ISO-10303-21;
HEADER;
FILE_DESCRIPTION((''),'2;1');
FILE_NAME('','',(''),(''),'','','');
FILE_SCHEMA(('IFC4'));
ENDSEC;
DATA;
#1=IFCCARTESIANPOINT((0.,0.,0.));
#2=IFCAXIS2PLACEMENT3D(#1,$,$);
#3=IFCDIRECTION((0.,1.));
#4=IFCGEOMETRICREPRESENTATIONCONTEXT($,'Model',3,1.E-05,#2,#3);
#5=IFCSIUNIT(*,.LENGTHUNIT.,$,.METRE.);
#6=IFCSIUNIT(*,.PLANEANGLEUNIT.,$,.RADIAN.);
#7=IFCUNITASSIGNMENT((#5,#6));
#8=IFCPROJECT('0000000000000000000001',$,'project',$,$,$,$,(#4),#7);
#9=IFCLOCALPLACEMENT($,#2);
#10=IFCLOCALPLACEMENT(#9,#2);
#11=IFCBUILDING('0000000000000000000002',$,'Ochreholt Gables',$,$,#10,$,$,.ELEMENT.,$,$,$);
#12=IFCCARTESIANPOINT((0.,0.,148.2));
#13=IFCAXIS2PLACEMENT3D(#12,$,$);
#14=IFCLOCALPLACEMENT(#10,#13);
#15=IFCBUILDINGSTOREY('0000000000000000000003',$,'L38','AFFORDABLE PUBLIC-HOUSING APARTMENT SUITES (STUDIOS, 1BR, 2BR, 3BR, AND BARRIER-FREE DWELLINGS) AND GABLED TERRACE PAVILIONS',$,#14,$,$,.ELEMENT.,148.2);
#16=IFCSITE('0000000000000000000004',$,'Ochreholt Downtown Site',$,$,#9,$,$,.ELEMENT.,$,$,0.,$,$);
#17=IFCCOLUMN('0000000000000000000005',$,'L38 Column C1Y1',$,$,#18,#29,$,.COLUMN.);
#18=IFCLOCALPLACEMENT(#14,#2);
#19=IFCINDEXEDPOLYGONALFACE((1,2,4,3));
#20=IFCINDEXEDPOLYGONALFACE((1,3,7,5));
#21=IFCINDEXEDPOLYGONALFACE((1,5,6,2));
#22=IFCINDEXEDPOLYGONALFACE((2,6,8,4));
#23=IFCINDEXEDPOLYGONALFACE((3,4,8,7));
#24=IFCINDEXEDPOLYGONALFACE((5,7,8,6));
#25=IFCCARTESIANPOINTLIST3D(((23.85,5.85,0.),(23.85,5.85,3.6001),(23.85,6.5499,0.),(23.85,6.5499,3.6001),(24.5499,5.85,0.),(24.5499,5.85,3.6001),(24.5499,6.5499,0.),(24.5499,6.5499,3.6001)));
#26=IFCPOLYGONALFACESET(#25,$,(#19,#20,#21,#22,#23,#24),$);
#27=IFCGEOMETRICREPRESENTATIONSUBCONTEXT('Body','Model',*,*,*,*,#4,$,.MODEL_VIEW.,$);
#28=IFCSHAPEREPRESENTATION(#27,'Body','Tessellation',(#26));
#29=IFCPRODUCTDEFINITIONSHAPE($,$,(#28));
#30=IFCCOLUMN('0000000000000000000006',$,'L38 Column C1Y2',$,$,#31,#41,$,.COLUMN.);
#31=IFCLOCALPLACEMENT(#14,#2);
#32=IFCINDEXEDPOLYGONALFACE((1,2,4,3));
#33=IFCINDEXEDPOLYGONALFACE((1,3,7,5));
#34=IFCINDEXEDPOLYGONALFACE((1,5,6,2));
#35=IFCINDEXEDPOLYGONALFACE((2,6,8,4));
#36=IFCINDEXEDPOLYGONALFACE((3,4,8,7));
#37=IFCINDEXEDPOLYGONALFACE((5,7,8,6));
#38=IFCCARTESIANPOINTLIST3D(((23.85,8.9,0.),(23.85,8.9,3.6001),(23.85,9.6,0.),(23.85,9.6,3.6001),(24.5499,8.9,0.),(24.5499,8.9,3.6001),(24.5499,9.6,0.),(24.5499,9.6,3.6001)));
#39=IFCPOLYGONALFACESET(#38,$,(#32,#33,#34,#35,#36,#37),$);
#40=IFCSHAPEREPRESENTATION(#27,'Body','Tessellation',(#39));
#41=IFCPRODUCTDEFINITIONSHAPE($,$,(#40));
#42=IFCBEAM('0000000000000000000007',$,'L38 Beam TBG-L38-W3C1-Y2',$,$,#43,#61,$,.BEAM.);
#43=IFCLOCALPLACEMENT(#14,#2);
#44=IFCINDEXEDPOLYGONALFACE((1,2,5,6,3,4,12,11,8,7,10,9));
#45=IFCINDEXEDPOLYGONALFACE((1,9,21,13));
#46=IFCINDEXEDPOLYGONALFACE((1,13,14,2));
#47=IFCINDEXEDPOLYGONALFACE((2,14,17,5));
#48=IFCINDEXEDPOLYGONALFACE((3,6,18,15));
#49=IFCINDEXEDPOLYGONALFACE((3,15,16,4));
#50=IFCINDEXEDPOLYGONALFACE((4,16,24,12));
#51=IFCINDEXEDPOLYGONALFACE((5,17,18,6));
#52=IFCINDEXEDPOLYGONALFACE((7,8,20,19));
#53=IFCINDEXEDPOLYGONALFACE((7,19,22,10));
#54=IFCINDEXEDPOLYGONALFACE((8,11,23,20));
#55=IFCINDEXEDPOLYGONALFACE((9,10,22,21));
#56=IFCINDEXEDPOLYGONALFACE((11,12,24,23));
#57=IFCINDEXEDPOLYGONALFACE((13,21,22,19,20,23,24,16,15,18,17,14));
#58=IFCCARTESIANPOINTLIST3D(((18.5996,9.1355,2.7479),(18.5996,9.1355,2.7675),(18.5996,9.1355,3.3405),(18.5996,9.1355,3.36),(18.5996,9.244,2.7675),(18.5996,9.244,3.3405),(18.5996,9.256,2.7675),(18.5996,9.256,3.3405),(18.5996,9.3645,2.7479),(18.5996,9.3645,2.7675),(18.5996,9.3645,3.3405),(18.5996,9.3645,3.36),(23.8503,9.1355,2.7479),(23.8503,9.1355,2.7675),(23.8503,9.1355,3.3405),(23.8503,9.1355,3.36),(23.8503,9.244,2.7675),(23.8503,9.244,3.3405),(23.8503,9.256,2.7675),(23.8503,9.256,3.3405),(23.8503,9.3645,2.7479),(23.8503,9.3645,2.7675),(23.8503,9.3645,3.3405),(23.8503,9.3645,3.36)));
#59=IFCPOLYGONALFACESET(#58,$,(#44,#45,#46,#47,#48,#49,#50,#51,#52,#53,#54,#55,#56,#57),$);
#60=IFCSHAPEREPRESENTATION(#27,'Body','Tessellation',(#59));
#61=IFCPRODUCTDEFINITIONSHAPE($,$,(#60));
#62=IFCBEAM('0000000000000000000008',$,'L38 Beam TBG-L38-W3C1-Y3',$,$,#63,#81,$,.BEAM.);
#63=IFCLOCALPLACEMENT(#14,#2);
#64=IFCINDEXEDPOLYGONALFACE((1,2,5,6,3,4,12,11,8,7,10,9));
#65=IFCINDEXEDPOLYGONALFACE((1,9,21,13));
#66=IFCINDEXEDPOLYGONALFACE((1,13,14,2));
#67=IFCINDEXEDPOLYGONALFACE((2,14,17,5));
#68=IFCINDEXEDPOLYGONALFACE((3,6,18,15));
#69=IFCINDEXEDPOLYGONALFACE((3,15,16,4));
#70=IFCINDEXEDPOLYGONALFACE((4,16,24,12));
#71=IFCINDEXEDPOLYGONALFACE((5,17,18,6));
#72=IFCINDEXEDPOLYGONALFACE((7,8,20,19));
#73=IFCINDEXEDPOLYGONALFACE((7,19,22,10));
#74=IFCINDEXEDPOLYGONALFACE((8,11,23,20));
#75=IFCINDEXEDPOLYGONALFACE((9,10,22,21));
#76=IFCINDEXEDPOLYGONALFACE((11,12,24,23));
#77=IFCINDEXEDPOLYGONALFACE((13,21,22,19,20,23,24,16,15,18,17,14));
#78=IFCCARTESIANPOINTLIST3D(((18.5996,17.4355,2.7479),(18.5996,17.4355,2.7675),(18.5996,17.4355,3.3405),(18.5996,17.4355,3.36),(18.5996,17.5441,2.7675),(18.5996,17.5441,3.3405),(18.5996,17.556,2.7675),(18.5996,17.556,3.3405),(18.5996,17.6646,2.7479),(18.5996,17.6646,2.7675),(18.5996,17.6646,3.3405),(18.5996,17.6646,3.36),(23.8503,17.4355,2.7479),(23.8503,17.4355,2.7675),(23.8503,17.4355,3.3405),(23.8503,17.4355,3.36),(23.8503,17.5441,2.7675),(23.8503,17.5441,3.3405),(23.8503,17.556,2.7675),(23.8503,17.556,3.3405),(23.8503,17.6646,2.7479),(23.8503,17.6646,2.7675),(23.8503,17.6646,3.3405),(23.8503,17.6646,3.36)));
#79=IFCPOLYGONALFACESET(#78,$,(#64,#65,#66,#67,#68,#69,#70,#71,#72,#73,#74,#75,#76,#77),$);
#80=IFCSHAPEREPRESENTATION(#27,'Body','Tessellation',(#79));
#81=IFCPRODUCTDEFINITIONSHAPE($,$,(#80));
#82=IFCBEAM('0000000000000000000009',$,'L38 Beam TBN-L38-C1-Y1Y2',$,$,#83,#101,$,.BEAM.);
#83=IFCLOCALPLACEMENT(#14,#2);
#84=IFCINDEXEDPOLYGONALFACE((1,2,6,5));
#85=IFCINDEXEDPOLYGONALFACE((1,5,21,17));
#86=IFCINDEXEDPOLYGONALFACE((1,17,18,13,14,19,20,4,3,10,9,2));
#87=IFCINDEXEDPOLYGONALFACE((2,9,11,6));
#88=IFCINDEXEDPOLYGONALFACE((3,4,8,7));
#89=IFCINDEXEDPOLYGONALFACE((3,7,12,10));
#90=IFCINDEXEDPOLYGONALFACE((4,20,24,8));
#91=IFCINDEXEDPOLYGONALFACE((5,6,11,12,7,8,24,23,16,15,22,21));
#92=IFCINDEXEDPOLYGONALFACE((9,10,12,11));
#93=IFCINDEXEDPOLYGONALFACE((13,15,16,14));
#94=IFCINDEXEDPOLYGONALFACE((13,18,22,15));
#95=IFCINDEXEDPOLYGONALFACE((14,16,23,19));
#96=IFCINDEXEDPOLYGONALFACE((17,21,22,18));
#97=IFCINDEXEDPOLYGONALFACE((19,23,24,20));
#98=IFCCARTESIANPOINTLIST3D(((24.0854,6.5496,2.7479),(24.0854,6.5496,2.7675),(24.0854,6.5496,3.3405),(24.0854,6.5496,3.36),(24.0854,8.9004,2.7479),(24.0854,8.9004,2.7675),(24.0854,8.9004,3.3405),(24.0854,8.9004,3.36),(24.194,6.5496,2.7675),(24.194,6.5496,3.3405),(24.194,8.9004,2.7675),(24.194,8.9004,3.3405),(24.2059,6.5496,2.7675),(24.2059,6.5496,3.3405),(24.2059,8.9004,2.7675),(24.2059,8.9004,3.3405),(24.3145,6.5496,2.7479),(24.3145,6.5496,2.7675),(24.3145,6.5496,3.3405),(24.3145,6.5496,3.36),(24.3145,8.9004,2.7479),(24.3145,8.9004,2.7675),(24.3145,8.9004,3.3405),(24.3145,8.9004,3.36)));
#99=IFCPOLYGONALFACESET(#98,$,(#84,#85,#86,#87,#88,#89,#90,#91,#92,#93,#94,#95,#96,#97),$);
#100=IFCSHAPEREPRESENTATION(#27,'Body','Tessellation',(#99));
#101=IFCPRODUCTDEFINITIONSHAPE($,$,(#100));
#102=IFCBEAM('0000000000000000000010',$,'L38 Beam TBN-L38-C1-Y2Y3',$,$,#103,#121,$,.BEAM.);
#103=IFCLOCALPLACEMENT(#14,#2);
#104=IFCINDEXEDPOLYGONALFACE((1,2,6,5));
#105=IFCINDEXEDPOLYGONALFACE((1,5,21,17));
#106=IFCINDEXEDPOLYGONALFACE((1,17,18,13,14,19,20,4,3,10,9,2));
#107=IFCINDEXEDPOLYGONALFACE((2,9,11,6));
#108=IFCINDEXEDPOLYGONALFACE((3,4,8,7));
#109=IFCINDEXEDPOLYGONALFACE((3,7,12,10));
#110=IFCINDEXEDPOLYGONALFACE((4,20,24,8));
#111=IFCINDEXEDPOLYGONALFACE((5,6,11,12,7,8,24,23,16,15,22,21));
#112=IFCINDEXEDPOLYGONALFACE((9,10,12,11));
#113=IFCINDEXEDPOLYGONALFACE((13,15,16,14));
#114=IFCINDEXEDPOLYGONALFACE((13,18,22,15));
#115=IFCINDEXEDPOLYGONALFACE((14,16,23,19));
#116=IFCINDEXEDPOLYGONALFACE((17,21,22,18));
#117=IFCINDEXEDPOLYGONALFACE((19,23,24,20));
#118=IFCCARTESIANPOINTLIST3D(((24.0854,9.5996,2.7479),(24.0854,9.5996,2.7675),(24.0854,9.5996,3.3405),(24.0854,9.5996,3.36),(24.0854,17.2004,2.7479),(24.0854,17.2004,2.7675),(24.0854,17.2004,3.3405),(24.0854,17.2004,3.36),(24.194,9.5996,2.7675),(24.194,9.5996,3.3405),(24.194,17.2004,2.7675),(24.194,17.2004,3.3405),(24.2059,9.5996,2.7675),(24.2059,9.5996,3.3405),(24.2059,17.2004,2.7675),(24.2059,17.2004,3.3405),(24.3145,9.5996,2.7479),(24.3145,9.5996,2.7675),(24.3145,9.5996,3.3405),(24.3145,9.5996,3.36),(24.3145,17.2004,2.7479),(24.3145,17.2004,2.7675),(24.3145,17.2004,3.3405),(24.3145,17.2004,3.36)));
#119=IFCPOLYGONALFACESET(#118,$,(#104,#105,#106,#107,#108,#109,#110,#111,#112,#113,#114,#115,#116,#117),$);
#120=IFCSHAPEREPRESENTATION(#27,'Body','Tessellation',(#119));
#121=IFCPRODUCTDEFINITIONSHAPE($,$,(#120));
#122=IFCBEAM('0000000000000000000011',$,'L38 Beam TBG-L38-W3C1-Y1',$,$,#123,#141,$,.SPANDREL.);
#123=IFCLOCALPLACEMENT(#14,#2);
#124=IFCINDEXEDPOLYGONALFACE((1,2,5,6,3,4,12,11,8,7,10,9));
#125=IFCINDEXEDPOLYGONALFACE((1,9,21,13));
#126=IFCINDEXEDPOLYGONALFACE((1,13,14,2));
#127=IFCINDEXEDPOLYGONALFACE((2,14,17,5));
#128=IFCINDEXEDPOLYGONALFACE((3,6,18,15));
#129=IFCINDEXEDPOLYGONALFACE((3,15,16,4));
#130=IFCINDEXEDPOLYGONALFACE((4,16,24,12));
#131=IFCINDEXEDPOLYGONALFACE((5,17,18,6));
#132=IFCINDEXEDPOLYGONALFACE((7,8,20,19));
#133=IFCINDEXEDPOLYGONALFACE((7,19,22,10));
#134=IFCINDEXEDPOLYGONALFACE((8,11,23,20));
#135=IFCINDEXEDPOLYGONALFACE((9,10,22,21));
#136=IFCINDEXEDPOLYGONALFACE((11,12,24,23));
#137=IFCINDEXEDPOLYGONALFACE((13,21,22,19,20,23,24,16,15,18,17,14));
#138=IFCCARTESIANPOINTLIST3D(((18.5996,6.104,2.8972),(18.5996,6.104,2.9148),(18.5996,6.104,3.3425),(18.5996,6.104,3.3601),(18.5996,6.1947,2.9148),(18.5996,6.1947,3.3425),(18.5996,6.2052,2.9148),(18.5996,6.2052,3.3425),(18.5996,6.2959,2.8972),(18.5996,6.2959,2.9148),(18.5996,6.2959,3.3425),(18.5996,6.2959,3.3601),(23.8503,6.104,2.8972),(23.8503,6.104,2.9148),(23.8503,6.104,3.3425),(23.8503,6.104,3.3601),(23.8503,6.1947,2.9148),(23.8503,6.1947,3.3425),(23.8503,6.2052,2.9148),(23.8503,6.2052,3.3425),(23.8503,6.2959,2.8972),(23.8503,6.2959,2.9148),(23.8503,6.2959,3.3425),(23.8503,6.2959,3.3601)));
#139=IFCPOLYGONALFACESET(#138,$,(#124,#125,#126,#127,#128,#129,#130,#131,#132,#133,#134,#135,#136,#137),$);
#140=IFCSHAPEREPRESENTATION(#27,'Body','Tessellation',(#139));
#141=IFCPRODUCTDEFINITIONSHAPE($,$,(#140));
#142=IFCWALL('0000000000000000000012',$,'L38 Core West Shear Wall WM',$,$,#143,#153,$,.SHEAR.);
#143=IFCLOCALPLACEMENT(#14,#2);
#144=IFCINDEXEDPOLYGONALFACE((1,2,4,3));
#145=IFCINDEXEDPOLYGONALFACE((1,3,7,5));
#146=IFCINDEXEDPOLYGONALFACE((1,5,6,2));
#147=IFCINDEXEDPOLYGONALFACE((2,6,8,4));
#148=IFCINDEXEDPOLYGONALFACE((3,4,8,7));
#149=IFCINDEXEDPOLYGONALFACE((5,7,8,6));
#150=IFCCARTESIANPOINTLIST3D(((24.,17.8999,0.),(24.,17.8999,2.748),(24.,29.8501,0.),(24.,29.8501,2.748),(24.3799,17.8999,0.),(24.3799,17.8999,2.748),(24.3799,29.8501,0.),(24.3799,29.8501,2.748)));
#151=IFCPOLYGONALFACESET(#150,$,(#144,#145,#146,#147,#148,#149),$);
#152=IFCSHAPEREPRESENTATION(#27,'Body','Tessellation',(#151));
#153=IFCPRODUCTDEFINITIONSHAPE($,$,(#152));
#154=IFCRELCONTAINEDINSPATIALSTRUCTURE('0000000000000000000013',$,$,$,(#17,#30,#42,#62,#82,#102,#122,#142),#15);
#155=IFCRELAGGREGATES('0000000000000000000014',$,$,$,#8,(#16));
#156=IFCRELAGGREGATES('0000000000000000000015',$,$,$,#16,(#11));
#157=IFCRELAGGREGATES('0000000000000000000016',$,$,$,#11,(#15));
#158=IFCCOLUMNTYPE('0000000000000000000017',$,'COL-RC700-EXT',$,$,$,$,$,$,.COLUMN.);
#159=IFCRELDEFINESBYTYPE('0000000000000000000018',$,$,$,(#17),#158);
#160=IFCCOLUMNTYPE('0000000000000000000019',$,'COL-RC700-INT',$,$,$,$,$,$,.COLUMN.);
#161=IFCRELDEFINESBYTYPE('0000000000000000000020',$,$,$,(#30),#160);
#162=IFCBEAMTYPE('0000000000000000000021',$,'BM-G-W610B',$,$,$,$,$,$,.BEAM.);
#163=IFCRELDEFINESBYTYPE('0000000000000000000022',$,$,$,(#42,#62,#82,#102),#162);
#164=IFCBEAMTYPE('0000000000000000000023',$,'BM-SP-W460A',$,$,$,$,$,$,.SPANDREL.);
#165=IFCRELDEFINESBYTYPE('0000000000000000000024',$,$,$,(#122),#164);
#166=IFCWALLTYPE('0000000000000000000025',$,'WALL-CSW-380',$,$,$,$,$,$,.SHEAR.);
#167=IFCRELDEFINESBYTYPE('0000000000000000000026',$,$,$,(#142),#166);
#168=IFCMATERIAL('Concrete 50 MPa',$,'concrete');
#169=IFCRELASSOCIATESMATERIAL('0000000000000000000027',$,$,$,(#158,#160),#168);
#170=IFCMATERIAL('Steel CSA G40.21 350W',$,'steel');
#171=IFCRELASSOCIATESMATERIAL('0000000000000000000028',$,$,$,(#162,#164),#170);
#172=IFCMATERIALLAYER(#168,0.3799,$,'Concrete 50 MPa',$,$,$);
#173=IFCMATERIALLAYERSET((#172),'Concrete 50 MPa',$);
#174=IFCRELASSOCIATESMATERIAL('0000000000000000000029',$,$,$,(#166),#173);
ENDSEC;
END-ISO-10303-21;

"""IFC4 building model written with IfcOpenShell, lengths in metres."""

from ifc_helpers import new_model, si_unit, direction, frame, frame_2d, origin, origin_2d, place, context, subcontext, project, spatial, rectangle, i_section, extrude, material, layer, layer_set, material_profile, profile_set, type_object, element, save


model = new_model("IFC4")

# Units and contexts
model_context = context("Model", 3, precision=1e-05, world=origin(), true_north=direction((0.0, 1.0)))
body_context = subcontext(model_context, "Body", "Model", "MODEL_VIEW")
ifc_project = project(units=[si_unit("LENGTHUNIT", "METRE"), si_unit("PLANEANGLEUNIT", "RADIAN")], contexts=[model_context])

# Site, building, storey
site_placement = place(None, origin())
site = spatial("IfcSite", under=ifc_project, at=site_placement, Name="Ochreholt Downtown Site", CompositionType="ELEMENT", RefElevation=0.0)
building_placement = place(site_placement, origin())
building = spatial("IfcBuilding", under=site, at=building_placement, Name="Ochreholt Gables", CompositionType="ELEMENT")
storey_placement = place(building_placement, frame((0.0, 0.0, 148.2)))
storey = spatial("IfcBuildingStorey", under=building, at=storey_placement, Name="L38", Description="AFFORDABLE PUBLIC-HOUSING APARTMENT SUITES (STUDIOS, 1BR, 2BR, 3BR, AND BARRIER-FREE DWELLINGS) AND GABLED TERRACE PAVILIONS", CompositionType="ELEMENT", Elevation=148.2)

# Columns
ifc_material_1 = material(Name="Concrete 50 MPa", Category="concrete")
ifc_material_profile_1 = material_profile(ifc_material_1, rectangle(XDim=0.7, YDim=0.7, at=origin_2d()), Name="RC700X700")
ifc_profile_set_1 = profile_set([ifc_material_profile_1], Name="Concrete 50 MPa")
column_type_1 = type_object("IfcColumnType", Name="COL-RC700-EXT", PredefinedType="COLUMN", material=ifc_profile_set_1)
column_1_placement = place(storey_placement, frame((24.2, 6.2, 0.0), z_axis=(0.0, 0.0, 1.0), x_axis=(1.0, 0.0, 0.0)))
element("IfcColumn", 1, at=column_1_placement, inside=storey, type_object=column_type_1, Name="L38 Column C1Y1", PredefinedType="COLUMN", context=body_context, shape_type="SweptSolid", body=[
    extrude(rectangle(XDim=0.7, YDim=0.7, at=origin_2d()), origin(), (0.0, 0.0, 1.0), 3.6001),
])
ifc_material_profile_2 = material_profile(ifc_material_1, rectangle(XDim=0.7, YDim=0.7, at=origin_2d()), Name="RC700X700")
ifc_profile_set_2 = profile_set([ifc_material_profile_2], Name="Concrete 50 MPa")
column_type_2 = type_object("IfcColumnType", Name="COL-RC700-INT", PredefinedType="COLUMN", material=ifc_profile_set_2)
column_2_placement = place(storey_placement, frame((24.2, 9.25, 0.0), z_axis=(0.0, 0.0, 1.0), x_axis=(1.0, 0.0, 0.0)))
element("IfcColumn", 2, at=column_2_placement, inside=storey, type_object=column_type_2, Name="L38 Column C1Y2", PredefinedType="COLUMN", context=body_context, shape_type="SweptSolid", body=[
    extrude(rectangle(XDim=0.7, YDim=0.7, at=origin_2d()), origin(), (0.0, 0.0, 1.0), 3.6001),
])

# Beams
ifc_material_2 = material(Name="Steel CSA G40.21 350W", Category="steel")
ifc_material_profile_3 = material_profile(ifc_material_2, i_section(OverallWidth=0.229, OverallDepth=0.6121, WebThickness=0.012, FlangeThickness=0.0195, at=origin_2d()), Name="W610X125")
ifc_profile_set_3 = profile_set([ifc_material_profile_3], Name="Steel CSA G40.21 350W")
beam_type_1 = type_object("IfcBeamType", Name="BM-G-W610B", PredefinedType="BEAM", material=ifc_profile_set_3)
for number, where, z_axis, x_axis, name in (
    (3, (18.5996, 9.25, 3.054), (1.0, 0.0, 0.0), (0.0, 1.0, 0.0), "L38 Beam TBG-L38-W3C1-Y2"),
    (4, (18.5996, 17.55, 3.054), (1.0, 0.0, 0.0), (0.0, 1.0, 0.0), "L38 Beam TBG-L38-W3C1-Y3"),
):
    element("IfcBeam", number, at=place(storey_placement, frame(where, z_axis=z_axis, x_axis=x_axis)), inside=storey, type_object=beam_type_1, Name=name, PredefinedType="BEAM", context=body_context, shape_type="SweptSolid", body=[
        extrude(i_section(OverallWidth=0.229, OverallDepth=0.6121, WebThickness=0.012, FlangeThickness=0.0195, at=origin_2d()), origin(), (0.0, 0.0, 1.0), 5.2507),
    ])
beam_1_placement = place(storey_placement, frame((24.2, 6.5496, 3.054), z_axis=(0.0, 1.0, 0.0), x_axis=(-1.0, 0.0, 0.0)))
element("IfcBeam", 5, at=beam_1_placement, inside=storey, type_object=beam_type_1, Name="L38 Beam TBN-L38-C1-Y1Y2", PredefinedType="BEAM", context=body_context, shape_type="SweptSolid", body=[
    extrude(i_section(OverallWidth=0.229, OverallDepth=0.6121, WebThickness=0.012, FlangeThickness=0.0195, at=origin_2d()), origin(), (0.0, 0.0, 1.0), 2.3508),
])
beam_2_placement = place(storey_placement, frame((24.2, 9.5996, 3.054), z_axis=(0.0, 1.0, 0.0), x_axis=(-1.0, 0.0, 0.0)))
element("IfcBeam", 6, at=beam_2_placement, inside=storey, type_object=beam_type_1, Name="L38 Beam TBN-L38-C1-Y2Y3", PredefinedType="BEAM", context=body_context, shape_type="SweptSolid", body=[
    extrude(i_section(OverallWidth=0.229, OverallDepth=0.6121, WebThickness=0.012, FlangeThickness=0.0195, at=origin_2d()), origin(), (0.0, 0.0, 1.0), 7.6008),
])
ifc_material_profile_4 = material_profile(ifc_material_2, i_section(OverallWidth=0.1919, OverallDepth=0.4629, WebThickness=0.0105, FlangeThickness=0.0176, at=origin_2d()), Name="W460X89")
ifc_profile_set_4 = profile_set([ifc_material_profile_4], Name="Steel CSA G40.21 350W")
beam_type_2 = type_object("IfcBeamType", Name="BM-SP-W460A", PredefinedType="SPANDREL", material=ifc_profile_set_4)
beam_3_placement = place(storey_placement, frame((18.5996, 6.2, 3.1287), z_axis=(1.0, 0.0, 0.0), x_axis=(0.0, 1.0, 0.0)))
element("IfcBeam", 7, at=beam_3_placement, inside=storey, type_object=beam_type_2, Name="L38 Beam TBG-L38-W3C1-Y1", PredefinedType="SPANDREL", context=body_context, shape_type="SweptSolid", body=[
    extrude(i_section(OverallWidth=0.1919, OverallDepth=0.4629, WebThickness=0.0105, FlangeThickness=0.0176, at=origin_2d()), origin(), (0.0, 0.0, 1.0), 5.2507),
])

# Wall
ifc_layer_1 = layer(ifc_material_1, 0.3799, Name="Concrete 50 MPa")
ifc_layer_set_1 = layer_set([ifc_layer_1], Name="Concrete 50 MPa")
wall_type_1 = type_object("IfcWallType", Name="WALL-CSW-380", PredefinedType="SHEAR", material=ifc_layer_set_1)
wall_1_placement = place(storey_placement, frame((24.1899, 17.8999, 0.0), z_axis=(0.0, 0.0, 1.0), x_axis=(0.0, 1.0, 0.0)))
element("IfcWall", 8, at=wall_1_placement, inside=storey, type_object=wall_type_1, Name="L38 Core West Shear Wall WM", PredefinedType="SHEAR", context=body_context, shape_type="SweptSolid", body=[
    extrude(rectangle(XDim=11.9502, YDim=0.3799, at=frame_2d((5.9751, 0.0))), origin(), (0.0, 0.0, 1.0), 2.748),
])

save(model, "model.ifc")
